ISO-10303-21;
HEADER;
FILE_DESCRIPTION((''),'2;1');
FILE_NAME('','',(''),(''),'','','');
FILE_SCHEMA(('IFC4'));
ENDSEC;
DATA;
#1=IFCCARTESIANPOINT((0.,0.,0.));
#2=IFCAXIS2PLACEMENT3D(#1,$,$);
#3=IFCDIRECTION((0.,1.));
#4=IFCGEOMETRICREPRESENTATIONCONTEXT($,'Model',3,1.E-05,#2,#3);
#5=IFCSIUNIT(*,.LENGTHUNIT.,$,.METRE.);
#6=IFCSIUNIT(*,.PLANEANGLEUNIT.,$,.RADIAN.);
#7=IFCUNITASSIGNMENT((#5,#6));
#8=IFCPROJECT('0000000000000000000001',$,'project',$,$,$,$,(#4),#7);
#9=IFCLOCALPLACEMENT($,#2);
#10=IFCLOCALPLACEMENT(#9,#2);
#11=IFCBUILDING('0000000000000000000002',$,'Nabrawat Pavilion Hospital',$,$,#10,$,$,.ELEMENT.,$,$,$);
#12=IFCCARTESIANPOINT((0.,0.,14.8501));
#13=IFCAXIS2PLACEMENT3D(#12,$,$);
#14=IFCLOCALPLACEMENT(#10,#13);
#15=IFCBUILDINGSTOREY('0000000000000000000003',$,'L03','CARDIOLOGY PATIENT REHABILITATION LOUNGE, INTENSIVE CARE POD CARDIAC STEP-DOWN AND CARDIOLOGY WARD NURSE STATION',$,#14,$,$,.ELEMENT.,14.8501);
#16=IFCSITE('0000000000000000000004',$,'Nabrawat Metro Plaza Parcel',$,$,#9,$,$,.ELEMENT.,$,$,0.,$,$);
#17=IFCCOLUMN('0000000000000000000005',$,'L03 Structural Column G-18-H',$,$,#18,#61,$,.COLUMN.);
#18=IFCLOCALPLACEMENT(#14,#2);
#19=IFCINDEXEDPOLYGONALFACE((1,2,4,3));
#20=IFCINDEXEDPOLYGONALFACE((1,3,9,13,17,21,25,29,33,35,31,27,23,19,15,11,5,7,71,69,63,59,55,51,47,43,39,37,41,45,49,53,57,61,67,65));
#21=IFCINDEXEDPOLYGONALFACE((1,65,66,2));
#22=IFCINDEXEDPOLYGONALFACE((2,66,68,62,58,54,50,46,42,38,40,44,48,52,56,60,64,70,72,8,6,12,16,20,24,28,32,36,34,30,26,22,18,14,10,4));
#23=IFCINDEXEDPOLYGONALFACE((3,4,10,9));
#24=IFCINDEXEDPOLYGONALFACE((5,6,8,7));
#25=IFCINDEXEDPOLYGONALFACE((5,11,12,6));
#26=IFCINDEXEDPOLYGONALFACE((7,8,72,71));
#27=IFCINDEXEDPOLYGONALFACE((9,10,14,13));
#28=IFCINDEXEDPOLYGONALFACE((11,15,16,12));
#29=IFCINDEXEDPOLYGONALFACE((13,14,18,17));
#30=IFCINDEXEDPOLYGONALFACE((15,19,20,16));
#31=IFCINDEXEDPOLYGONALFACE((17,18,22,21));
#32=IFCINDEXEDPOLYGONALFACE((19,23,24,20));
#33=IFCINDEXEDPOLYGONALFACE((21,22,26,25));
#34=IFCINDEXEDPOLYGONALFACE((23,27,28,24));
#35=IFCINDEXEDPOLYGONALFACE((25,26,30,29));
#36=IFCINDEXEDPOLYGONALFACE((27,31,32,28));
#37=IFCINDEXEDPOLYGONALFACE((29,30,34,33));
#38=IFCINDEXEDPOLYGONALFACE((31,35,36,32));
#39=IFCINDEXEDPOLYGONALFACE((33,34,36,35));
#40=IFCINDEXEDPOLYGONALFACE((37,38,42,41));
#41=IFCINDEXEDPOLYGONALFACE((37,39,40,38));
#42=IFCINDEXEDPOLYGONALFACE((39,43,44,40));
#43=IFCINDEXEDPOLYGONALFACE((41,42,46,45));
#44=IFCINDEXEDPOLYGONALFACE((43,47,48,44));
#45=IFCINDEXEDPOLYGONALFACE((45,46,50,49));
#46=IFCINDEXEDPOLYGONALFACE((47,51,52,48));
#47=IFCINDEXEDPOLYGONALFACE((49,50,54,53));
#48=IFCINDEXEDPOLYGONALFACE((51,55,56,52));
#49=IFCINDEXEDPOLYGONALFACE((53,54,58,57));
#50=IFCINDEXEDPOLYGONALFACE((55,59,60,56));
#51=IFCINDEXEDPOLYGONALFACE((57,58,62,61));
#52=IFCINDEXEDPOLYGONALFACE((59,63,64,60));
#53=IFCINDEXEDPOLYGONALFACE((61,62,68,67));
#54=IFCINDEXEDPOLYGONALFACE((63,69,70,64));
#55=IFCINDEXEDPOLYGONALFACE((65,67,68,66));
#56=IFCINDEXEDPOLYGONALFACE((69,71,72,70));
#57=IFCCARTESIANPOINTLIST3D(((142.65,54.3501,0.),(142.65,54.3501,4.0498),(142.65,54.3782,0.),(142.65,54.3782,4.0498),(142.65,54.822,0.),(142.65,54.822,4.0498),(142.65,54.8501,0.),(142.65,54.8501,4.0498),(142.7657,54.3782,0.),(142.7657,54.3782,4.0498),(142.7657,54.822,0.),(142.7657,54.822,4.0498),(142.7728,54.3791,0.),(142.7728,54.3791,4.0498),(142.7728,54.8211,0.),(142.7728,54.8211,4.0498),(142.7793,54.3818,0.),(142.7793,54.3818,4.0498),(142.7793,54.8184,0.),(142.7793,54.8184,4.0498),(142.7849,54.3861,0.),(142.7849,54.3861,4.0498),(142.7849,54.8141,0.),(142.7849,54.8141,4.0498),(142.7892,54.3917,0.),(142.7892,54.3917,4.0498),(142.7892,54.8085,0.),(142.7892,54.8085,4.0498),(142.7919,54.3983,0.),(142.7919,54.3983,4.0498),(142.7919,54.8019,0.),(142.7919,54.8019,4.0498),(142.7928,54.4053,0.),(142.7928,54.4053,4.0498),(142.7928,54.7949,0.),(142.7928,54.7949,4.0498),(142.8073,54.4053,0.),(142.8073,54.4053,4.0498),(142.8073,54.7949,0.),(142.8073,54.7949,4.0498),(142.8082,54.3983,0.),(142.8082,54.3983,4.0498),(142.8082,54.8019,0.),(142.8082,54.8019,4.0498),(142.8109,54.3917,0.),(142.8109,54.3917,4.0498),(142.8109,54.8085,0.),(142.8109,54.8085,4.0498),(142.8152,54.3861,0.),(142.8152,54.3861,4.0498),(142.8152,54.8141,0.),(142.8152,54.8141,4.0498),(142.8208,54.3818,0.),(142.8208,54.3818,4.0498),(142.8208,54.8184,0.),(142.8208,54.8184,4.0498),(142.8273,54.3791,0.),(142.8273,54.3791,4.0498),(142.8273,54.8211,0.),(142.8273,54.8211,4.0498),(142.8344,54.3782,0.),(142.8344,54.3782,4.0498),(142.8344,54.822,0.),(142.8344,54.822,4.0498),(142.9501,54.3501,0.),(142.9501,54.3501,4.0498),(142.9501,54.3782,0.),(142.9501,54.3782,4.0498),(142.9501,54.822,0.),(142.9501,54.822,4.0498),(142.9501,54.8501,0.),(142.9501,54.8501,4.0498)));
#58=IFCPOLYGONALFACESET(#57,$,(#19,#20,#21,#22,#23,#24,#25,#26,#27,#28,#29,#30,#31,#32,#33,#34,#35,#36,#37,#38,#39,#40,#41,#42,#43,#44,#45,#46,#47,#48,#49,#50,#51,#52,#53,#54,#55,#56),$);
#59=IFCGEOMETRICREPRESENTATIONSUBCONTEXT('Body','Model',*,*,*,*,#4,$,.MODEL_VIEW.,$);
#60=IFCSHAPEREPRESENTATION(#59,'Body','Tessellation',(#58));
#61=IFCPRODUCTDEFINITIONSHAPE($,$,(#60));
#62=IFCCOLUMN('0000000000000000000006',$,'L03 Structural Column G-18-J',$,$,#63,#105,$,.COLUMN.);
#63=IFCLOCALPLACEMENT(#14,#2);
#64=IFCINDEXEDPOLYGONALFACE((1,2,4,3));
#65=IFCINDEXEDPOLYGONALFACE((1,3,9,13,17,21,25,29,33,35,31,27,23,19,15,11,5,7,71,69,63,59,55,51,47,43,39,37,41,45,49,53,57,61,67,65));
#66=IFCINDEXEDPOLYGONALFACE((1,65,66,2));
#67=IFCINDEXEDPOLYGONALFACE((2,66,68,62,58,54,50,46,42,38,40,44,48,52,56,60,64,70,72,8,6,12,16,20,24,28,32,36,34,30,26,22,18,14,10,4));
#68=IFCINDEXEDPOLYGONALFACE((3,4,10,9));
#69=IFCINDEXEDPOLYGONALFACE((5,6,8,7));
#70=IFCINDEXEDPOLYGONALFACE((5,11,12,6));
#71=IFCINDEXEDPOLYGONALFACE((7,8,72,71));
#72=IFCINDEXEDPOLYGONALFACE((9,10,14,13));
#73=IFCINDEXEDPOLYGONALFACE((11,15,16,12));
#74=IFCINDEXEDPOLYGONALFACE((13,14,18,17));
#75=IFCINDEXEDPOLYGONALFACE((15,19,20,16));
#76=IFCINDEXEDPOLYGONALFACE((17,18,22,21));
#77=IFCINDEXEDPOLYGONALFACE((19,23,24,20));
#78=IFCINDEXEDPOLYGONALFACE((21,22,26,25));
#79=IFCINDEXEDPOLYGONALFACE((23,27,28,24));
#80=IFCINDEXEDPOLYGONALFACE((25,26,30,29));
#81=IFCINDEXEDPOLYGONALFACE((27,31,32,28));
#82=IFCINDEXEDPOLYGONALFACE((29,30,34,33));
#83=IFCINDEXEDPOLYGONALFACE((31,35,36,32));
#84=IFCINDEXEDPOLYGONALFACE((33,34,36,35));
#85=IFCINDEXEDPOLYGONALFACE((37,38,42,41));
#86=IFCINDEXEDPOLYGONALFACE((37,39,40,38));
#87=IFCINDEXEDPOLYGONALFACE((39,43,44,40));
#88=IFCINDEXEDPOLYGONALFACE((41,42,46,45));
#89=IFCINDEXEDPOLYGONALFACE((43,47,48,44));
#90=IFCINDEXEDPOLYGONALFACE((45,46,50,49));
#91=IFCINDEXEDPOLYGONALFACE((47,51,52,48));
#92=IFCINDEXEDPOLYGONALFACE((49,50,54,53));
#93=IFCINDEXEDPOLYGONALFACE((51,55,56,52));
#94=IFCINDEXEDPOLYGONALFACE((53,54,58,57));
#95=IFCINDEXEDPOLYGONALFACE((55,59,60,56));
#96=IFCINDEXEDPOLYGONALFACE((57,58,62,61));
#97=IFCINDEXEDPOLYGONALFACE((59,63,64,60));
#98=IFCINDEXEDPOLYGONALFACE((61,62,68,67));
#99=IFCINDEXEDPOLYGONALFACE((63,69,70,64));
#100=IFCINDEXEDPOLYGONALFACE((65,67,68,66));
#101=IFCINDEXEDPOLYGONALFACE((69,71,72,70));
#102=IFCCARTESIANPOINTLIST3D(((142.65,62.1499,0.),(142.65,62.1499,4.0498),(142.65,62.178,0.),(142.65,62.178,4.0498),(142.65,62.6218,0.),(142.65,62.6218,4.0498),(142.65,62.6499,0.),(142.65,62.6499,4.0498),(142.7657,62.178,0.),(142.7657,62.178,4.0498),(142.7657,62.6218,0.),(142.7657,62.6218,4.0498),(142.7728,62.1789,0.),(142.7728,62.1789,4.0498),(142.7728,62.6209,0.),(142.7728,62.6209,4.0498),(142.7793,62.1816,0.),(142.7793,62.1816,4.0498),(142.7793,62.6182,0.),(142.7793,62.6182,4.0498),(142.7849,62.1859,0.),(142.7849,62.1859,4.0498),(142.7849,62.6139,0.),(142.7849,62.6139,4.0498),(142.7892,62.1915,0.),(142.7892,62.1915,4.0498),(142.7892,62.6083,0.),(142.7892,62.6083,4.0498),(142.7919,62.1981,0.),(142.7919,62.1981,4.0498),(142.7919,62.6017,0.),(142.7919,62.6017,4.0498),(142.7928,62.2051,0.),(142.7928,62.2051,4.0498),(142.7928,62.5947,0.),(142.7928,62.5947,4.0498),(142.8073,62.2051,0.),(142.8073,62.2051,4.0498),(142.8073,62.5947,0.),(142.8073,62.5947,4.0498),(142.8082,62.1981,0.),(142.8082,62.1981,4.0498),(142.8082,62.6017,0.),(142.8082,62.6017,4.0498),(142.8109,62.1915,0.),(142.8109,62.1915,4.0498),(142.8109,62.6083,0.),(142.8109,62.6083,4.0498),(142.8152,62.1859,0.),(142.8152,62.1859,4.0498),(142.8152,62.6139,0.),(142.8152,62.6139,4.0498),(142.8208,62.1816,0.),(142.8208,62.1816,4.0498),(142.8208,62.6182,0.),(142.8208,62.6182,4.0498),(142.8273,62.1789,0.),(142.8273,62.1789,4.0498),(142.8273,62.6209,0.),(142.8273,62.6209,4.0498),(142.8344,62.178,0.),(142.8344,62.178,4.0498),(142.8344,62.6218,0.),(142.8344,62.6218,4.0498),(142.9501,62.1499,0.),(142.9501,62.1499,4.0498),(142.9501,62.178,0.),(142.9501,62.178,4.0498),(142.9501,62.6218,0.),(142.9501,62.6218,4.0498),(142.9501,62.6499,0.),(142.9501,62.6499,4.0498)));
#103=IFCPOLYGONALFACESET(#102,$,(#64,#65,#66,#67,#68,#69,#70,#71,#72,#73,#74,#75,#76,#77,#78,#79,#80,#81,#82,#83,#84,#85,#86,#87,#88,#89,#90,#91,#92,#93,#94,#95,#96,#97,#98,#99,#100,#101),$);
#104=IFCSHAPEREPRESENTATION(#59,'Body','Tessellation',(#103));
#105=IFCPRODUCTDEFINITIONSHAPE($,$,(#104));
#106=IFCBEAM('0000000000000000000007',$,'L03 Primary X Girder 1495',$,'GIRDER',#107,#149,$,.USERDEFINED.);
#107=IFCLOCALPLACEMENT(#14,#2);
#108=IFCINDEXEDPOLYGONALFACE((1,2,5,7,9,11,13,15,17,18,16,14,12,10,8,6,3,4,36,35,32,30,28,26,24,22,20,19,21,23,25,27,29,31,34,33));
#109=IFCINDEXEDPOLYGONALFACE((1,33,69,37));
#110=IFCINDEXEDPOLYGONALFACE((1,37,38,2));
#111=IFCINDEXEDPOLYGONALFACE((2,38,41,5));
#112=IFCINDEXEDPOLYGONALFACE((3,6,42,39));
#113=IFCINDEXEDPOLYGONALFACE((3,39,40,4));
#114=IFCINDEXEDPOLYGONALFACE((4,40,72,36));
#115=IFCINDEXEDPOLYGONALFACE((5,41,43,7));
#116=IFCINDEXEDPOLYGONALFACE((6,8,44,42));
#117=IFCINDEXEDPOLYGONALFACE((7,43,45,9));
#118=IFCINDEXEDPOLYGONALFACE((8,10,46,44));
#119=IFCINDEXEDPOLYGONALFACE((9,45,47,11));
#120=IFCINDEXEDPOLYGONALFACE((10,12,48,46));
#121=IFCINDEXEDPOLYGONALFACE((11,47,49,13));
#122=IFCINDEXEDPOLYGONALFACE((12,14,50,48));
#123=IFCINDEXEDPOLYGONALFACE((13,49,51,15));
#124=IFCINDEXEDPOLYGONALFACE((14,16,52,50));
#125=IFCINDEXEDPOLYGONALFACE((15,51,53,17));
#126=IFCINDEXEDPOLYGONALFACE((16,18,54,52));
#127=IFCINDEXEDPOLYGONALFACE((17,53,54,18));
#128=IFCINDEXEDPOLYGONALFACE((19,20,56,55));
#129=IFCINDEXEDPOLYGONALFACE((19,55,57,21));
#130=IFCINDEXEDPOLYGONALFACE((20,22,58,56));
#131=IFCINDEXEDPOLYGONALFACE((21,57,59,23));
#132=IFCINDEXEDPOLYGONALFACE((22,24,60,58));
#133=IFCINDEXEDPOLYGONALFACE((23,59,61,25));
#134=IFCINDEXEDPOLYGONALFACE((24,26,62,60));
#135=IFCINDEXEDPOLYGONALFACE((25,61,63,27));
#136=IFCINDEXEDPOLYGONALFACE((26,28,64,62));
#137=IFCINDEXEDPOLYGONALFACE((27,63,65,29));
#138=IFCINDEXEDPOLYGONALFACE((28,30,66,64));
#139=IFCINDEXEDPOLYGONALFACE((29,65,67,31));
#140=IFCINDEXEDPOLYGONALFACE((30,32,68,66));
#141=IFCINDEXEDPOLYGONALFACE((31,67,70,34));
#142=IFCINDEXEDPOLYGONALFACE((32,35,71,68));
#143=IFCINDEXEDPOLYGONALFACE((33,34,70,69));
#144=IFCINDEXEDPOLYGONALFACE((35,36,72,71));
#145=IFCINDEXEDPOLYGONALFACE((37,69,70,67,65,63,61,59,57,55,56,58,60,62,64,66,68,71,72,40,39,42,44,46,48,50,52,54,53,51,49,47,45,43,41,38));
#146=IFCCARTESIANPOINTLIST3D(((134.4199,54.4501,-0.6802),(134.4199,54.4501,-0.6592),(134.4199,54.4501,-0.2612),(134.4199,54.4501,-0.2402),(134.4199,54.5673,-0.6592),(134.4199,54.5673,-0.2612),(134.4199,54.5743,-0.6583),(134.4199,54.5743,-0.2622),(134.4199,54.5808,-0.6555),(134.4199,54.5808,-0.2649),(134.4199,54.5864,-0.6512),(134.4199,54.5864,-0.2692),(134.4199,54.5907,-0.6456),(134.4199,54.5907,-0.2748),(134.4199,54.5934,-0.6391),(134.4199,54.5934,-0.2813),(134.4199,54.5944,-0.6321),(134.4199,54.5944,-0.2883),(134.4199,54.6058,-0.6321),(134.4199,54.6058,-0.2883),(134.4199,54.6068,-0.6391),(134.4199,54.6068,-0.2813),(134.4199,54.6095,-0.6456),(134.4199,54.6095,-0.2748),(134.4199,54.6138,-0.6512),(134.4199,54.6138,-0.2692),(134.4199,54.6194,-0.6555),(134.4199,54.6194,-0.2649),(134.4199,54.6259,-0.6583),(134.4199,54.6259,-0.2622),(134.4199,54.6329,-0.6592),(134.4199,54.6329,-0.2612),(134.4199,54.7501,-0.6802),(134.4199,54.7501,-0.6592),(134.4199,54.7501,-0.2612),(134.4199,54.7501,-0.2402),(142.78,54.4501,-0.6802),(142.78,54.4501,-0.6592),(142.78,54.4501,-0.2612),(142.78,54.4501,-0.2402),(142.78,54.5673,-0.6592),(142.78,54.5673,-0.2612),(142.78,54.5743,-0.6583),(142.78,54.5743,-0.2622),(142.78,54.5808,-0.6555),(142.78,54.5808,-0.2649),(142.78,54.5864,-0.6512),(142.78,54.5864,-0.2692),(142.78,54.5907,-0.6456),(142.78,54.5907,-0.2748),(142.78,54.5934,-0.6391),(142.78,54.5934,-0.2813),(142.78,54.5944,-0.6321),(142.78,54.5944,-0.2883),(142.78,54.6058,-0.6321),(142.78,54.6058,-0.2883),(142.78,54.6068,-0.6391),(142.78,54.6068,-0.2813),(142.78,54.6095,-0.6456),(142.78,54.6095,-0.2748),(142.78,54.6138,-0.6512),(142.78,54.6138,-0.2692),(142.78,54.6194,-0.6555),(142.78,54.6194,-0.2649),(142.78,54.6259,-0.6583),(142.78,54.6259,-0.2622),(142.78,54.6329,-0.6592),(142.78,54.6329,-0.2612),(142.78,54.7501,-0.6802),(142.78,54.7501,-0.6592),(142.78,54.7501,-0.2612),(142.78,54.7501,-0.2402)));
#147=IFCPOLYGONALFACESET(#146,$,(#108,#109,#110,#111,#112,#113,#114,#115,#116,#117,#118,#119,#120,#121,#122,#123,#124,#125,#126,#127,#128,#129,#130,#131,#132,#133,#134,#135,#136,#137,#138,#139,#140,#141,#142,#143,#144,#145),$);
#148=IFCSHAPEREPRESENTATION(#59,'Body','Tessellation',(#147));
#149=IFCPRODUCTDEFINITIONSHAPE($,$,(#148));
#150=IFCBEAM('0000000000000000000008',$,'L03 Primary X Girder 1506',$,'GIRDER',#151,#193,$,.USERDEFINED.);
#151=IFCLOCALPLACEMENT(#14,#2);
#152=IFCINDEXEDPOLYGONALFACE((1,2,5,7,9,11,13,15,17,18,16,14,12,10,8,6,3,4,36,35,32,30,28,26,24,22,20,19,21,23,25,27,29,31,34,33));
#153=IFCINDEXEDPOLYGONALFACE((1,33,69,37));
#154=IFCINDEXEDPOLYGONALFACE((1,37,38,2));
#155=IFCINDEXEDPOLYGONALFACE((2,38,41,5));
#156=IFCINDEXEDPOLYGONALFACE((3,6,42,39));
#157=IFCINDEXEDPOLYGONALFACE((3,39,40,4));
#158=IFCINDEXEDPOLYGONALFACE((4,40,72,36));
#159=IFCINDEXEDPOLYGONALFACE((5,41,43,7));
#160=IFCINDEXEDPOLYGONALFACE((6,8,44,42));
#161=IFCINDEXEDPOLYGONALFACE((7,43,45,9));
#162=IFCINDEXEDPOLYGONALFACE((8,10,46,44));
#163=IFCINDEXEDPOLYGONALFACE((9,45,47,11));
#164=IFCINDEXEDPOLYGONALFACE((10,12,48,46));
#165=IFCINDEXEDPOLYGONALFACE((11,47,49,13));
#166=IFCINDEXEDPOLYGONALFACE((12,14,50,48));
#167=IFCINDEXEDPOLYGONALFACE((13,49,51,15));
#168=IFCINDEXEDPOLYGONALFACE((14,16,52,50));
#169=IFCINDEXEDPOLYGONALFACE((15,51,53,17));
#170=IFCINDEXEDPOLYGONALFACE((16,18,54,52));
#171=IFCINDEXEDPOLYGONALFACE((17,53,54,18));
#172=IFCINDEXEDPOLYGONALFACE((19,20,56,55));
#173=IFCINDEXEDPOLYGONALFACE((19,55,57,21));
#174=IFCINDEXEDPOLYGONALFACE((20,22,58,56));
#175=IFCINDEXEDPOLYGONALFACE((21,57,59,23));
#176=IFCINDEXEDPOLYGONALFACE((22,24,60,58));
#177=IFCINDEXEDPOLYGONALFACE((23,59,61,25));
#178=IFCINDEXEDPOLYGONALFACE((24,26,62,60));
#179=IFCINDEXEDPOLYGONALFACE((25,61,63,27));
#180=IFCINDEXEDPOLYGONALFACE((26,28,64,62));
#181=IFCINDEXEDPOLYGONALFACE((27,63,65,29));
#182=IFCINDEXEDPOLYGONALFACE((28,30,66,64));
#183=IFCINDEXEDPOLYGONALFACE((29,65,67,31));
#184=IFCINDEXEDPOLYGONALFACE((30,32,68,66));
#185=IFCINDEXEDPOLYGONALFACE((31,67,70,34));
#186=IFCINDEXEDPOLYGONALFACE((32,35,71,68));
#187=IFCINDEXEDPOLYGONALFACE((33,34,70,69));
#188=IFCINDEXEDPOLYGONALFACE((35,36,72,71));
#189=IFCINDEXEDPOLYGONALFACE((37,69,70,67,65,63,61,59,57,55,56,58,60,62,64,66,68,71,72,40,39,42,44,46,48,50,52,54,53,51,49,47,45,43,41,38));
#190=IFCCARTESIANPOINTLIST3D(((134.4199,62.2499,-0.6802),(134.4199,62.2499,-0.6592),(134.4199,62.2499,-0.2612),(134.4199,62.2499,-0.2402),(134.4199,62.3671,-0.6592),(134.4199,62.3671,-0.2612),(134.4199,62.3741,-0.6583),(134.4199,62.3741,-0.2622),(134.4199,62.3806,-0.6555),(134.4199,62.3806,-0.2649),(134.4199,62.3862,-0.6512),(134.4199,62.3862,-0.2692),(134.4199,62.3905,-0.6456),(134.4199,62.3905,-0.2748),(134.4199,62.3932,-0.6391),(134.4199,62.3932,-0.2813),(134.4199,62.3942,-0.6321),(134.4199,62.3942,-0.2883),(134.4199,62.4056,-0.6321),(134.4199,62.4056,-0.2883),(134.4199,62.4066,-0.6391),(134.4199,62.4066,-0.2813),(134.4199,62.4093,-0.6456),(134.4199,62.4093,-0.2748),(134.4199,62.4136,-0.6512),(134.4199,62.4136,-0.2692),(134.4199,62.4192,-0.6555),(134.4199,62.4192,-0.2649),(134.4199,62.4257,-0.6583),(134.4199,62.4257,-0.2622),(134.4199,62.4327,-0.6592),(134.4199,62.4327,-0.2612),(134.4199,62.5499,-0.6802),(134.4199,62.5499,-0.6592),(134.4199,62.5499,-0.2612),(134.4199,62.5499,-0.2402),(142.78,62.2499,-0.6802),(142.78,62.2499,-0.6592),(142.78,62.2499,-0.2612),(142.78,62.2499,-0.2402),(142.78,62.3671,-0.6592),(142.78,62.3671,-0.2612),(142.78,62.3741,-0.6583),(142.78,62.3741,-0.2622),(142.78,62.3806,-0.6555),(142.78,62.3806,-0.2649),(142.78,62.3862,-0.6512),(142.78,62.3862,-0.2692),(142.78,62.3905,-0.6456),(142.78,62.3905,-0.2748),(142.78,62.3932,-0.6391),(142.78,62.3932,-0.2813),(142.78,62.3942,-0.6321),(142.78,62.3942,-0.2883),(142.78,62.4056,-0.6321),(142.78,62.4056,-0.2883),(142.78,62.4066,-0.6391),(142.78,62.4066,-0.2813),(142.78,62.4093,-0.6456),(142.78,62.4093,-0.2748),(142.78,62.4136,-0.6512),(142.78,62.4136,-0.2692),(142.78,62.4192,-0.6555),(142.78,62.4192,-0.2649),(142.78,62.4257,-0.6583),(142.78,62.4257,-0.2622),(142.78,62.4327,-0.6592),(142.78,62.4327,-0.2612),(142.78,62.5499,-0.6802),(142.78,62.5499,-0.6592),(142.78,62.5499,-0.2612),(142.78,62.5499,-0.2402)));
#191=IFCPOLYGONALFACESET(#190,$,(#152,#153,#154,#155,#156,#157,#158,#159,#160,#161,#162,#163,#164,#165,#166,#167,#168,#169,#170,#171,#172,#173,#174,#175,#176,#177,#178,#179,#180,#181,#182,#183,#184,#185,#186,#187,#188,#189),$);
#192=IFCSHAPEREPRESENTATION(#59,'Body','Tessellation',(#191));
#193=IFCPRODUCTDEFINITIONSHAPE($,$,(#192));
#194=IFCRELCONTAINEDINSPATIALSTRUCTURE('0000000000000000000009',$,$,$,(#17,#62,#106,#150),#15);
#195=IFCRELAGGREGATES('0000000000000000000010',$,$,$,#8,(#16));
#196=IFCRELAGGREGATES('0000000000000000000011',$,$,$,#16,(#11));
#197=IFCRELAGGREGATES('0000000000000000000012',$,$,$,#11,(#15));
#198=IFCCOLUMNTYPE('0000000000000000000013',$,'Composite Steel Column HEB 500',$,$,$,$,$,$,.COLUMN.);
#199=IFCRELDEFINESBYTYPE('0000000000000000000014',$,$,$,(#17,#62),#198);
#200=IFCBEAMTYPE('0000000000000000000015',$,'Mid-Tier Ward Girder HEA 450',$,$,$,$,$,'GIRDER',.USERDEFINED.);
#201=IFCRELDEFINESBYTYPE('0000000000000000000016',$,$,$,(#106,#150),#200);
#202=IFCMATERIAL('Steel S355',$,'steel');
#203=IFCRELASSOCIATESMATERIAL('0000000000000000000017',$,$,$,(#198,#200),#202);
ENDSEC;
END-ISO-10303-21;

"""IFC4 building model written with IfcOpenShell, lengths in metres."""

from ifc_helpers import new_model, si_unit, direction, frame, origin, origin_2d, place, context, subcontext, project, spatial, i_section, extrude, material, material_profile, profile_set, type_object, element, save


model = new_model("IFC4")

# Units and contexts
model_context = context("Model", 3, precision=1e-05, world=origin(), true_north=direction((0.0, 1.0)))
body_context = subcontext(model_context, "Body", "Model", "MODEL_VIEW")
ifc_project = project(units=[si_unit("LENGTHUNIT", "METRE"), si_unit("PLANEANGLEUNIT", "RADIAN")], contexts=[model_context])

# Site, building, storey
site_placement = place(None, origin())
site = spatial("IfcSite", under=ifc_project, at=site_placement, Name="Nabrawat Metro Plaza Parcel", CompositionType="ELEMENT", RefElevation=0.0)
building_placement = place(site_placement, origin())
building = spatial("IfcBuilding", under=site, at=building_placement, Name="Nabrawat Pavilion Hospital", CompositionType="ELEMENT")
storey_placement = place(building_placement, frame((0.0, 0.0, 14.8501)))
storey = spatial("IfcBuildingStorey", under=building, at=storey_placement, Name="L03", Description="CARDIOLOGY PATIENT REHABILITATION LOUNGE, INTENSIVE CARE POD CARDIAC STEP-DOWN AND CARDIOLOGY WARD NURSE STATION", CompositionType="ELEMENT", Elevation=14.8501)

# Columns
ifc_material = material(Name="Steel S355", Category="steel")
ifc_material_profile_1 = material_profile(ifc_material, i_section(OverallWidth=0.3, OverallDepth=0.5, WebThickness=0.0144, FlangeThickness=0.0281, FilletRadius=0.0271, at=origin_2d()), Name="HEB 500")
ifc_profile_set_1 = profile_set([ifc_material_profile_1], Name="Steel S355")
column_type = type_object("IfcColumnType", Name="Composite Steel Column HEB 500", PredefinedType="COLUMN", material=ifc_profile_set_1)
for number, where, z_axis, x_axis, name in (
    (1, (142.8, 54.6001, 0.0), (0.0, 0.0, 1.0), (1.0, 0.0, 0.0), "L03 Structural Column G-18-H"),
    (2, (142.8, 62.3999, 0.0), (0.0, 0.0, 1.0), (1.0, 0.0, 0.0), "L03 Structural Column G-18-J"),
):
    element("IfcColumn", number, at=place(storey_placement, frame(where, z_axis=z_axis, x_axis=x_axis)), inside=storey, type_object=column_type, Name=name, PredefinedType="COLUMN", context=body_context, shape_type="SweptSolid", body=[
        extrude(i_section(OverallWidth=0.3, OverallDepth=0.5, WebThickness=0.0144, FlangeThickness=0.0281, FilletRadius=0.0271, at=origin_2d()), origin(), (0.0, 0.0, 1.0), 4.0498),
    ])

# Beams
ifc_material_profile_2 = material_profile(ifc_material, i_section(OverallWidth=0.3, OverallDepth=0.4399, WebThickness=0.0115, FlangeThickness=0.021, FilletRadius=0.0271, at=origin_2d()), Name="HEA 450")
ifc_profile_set_2 = profile_set([ifc_material_profile_2], Name="Steel S355")
beam_type_1 = type_object("IfcBeamType", Name="Mid-Tier Ward Girder HEA 450", ElementType="GIRDER", PredefinedType="USERDEFINED", material=ifc_profile_set_2)
for number, where, z_axis, x_axis, name in (
    (3, (134.4199, 54.6001, -0.4602), (1.0, 0.0, 0.0), (0.0, 1.0, 0.0), "L03 Primary X Girder 1495"),
    (4, (134.4199, 62.3999, -0.4602), (1.0, 0.0, 0.0), (0.0, 1.0, 0.0), "L03 Primary X Girder 1506"),
):
    element("IfcBeam", number, at=place(storey_placement, frame(where, z_axis=z_axis, x_axis=x_axis)), inside=storey, type_object=beam_type_1, Name=name, ObjectType="GIRDER", PredefinedType="USERDEFINED", context=body_context, shape_type="SweptSolid", body=[
        extrude(i_section(OverallWidth=0.3, OverallDepth=0.4399, WebThickness=0.0115, FlangeThickness=0.021, FilletRadius=0.0271, at=origin_2d()), origin(), (0.0, 0.0, 1.0), 8.3601),
    ])

save(model, "model.ifc")
